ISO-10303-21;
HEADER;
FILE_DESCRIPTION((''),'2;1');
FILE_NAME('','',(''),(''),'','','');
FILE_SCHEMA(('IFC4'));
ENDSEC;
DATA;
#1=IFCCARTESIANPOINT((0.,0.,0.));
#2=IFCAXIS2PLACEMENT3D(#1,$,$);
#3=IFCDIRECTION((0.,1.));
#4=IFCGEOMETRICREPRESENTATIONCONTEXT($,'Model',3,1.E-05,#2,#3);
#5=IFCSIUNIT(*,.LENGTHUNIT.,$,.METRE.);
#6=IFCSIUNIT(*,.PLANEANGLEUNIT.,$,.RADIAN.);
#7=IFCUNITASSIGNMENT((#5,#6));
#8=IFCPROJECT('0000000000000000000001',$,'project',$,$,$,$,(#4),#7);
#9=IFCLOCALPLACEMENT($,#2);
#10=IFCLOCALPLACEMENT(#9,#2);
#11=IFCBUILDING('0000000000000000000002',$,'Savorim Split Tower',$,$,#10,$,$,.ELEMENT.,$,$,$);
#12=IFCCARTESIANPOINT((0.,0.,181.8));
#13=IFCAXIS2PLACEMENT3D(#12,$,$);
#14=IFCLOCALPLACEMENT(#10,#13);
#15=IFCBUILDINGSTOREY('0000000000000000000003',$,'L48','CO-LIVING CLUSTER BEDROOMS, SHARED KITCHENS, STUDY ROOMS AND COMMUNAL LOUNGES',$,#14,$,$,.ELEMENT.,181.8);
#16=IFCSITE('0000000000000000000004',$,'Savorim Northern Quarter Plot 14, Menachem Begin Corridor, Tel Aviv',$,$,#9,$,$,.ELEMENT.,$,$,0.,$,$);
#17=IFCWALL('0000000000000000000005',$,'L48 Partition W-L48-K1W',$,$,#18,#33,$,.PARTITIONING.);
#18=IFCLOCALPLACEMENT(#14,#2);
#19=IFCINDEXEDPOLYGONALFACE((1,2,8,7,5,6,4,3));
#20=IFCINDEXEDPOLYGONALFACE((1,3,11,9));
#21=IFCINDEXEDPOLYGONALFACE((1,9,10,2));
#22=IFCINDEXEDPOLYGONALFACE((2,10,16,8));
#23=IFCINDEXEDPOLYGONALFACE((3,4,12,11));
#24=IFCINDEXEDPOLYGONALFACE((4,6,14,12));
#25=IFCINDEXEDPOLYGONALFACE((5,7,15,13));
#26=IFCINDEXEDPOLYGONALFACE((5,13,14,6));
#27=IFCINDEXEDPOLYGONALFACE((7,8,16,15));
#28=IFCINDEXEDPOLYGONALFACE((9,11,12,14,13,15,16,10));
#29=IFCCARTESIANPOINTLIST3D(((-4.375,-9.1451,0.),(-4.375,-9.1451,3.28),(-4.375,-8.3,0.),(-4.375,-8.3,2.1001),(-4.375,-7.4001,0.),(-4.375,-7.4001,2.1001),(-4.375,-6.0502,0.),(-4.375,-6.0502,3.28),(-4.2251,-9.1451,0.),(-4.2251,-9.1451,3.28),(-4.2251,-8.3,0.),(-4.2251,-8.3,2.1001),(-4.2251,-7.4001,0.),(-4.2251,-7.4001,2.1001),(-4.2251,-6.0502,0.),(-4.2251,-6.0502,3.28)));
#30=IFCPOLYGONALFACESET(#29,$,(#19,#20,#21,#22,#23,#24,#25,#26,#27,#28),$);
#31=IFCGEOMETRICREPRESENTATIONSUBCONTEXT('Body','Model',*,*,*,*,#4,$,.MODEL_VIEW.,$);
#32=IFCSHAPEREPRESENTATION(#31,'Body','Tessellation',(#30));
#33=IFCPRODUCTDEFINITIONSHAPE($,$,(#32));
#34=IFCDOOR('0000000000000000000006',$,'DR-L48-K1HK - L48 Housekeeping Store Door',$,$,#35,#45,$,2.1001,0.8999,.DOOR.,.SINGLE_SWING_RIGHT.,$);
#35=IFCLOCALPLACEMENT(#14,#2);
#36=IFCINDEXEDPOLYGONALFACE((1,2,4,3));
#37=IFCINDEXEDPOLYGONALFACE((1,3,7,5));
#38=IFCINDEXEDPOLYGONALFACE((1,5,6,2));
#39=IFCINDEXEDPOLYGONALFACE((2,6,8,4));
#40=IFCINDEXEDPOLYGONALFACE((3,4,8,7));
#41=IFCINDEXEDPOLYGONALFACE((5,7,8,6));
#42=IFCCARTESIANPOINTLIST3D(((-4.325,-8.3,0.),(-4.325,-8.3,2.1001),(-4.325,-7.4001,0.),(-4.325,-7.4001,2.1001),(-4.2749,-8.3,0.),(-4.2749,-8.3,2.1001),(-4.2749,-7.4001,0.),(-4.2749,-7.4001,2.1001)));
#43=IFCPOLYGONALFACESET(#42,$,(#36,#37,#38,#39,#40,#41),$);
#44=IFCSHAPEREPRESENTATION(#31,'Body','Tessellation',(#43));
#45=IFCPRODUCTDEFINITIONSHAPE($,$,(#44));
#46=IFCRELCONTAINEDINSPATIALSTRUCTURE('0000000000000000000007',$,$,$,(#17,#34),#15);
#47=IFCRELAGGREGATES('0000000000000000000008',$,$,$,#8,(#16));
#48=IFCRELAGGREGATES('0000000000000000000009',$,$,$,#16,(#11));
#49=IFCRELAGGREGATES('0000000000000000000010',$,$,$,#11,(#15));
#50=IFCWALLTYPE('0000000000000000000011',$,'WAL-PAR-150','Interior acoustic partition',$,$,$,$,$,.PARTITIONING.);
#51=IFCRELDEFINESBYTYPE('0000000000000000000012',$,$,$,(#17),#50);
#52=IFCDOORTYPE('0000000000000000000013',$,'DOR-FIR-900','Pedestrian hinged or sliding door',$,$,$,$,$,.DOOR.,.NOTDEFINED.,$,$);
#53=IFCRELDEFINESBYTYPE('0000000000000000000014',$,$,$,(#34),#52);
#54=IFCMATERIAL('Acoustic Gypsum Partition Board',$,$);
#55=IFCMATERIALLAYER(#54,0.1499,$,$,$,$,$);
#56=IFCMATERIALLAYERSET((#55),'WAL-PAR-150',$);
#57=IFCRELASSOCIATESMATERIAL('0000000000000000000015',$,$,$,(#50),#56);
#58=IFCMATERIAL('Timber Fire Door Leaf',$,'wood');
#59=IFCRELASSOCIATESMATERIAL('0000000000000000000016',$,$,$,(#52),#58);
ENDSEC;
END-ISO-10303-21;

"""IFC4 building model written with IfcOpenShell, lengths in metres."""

from ifc_helpers import new_model, si_unit, direction, frame, frame_2d, origin, place, context, subcontext, project, spatial, rectangle, extrude, material, layer, layer_set, type_object, element, fill, save


model = new_model("IFC4")

# Units and contexts
model_context = context("Model", 3, precision=1e-05, world=origin(), true_north=direction((0.0, 1.0)))
body_context = subcontext(model_context, "Body", "Model", "MODEL_VIEW")
ifc_project = project(units=[si_unit("LENGTHUNIT", "METRE"), si_unit("PLANEANGLEUNIT", "RADIAN")], contexts=[model_context])

# Site, building, storey
site_placement = place(None, origin())
site = spatial("IfcSite", under=ifc_project, at=site_placement, Name="Savorim Northern Quarter Plot 14, Menachem Begin Corridor, Tel Aviv", CompositionType="ELEMENT", RefElevation=0.0)
building_placement = place(site_placement, origin())
building = spatial("IfcBuilding", under=site, at=building_placement, Name="Savorim Split Tower", CompositionType="ELEMENT")
storey_placement = place(building_placement, frame((0.0, 0.0, 181.8)))
storey = spatial("IfcBuildingStorey", under=building, at=storey_placement, Name="L48", Description="CO-LIVING CLUSTER BEDROOMS, SHARED KITCHENS, STUDY ROOMS AND COMMUNAL LOUNGES", CompositionType="ELEMENT", Elevation=181.8)

# Wall, opening, door
ifc_material_1 = material(Name="Acoustic Gypsum Partition Board")
ifc_layer_1 = layer(ifc_material_1, 0.1499)
ifc_layer_set_1 = layer_set([ifc_layer_1], Name="WAL-PAR-150")
wall_type_1 = type_object("IfcWallType", Name="WAL-PAR-150", Description="Interior acoustic partition", PredefinedType="PARTITIONING", material=ifc_layer_set_1)
wall_1_placement = place(storey_placement, frame((-4.3, -9.145, 0.0), z_axis=(0.0, 0.0, 1.0), x_axis=(0.0, 1.0, 0.0)))
wall_1 = element("IfcWall", 1, at=wall_1_placement, inside=storey, type_object=wall_type_1, Name="L48 Partition W-L48-K1W", PredefinedType="PARTITIONING", context=body_context, shape_type="SweptSolid", body=[
    extrude(rectangle(XDim=3.095, YDim=0.1499, at=frame_2d((1.5474, 0.0))), origin(), (0.0, 0.0, 1.0), 3.28),
])
opening_1_placement = place(wall_1_placement, frame((0.845, 0.0, 0.0)))
opening_1 = element("IfcOpeningElement", 2, at=opening_1_placement, cuts=wall_1, PredefinedType="OPENING", context=body_context, shape_type="SweptSolid", body=[
    extrude(rectangle(XDim=0.8999, YDim=2.1001, at=frame_2d((0.45, 1.05))), frame((0.0, 0.085, 0.0), z_axis=(0.0, -1.0, 0.0), x_axis=(1.0, 0.0, 0.0)), (0.0, 0.0, 1.0), 0.1699),
])
ifc_material_2 = material(Name="Timber Fire Door Leaf", Category="wood")
door_type_1 = type_object("IfcDoorType", Name="DOR-FIR-900", Description="Pedestrian hinged or sliding door", OperationType="NOTDEFINED", PredefinedType="DOOR", material=ifc_material_2)
door_1_placement = place(opening_1_placement, origin())
door_1 = element("IfcDoor", 3, at=door_1_placement, inside=storey, type_object=door_type_1, Name="DR-L48-K1HK - L48 Housekeeping Store Door", OperationType="SINGLE_SWING_RIGHT", OverallHeight=2.1001, OverallWidth=0.8999, PredefinedType="DOOR", context=body_context, shape_type="SweptSolid", body=[
    extrude(rectangle(XDim=0.8999, YDim=2.1001, at=frame_2d((0.45, 1.05))), frame((0.0, 0.0249, 0.0), z_axis=(0.0, -1.0, 0.0), x_axis=(1.0, 0.0, 0.0)), (0.0, 0.0, 1.0), 0.05),
])
fill(opening_1, door_1)

save(model, "model.ifc")
